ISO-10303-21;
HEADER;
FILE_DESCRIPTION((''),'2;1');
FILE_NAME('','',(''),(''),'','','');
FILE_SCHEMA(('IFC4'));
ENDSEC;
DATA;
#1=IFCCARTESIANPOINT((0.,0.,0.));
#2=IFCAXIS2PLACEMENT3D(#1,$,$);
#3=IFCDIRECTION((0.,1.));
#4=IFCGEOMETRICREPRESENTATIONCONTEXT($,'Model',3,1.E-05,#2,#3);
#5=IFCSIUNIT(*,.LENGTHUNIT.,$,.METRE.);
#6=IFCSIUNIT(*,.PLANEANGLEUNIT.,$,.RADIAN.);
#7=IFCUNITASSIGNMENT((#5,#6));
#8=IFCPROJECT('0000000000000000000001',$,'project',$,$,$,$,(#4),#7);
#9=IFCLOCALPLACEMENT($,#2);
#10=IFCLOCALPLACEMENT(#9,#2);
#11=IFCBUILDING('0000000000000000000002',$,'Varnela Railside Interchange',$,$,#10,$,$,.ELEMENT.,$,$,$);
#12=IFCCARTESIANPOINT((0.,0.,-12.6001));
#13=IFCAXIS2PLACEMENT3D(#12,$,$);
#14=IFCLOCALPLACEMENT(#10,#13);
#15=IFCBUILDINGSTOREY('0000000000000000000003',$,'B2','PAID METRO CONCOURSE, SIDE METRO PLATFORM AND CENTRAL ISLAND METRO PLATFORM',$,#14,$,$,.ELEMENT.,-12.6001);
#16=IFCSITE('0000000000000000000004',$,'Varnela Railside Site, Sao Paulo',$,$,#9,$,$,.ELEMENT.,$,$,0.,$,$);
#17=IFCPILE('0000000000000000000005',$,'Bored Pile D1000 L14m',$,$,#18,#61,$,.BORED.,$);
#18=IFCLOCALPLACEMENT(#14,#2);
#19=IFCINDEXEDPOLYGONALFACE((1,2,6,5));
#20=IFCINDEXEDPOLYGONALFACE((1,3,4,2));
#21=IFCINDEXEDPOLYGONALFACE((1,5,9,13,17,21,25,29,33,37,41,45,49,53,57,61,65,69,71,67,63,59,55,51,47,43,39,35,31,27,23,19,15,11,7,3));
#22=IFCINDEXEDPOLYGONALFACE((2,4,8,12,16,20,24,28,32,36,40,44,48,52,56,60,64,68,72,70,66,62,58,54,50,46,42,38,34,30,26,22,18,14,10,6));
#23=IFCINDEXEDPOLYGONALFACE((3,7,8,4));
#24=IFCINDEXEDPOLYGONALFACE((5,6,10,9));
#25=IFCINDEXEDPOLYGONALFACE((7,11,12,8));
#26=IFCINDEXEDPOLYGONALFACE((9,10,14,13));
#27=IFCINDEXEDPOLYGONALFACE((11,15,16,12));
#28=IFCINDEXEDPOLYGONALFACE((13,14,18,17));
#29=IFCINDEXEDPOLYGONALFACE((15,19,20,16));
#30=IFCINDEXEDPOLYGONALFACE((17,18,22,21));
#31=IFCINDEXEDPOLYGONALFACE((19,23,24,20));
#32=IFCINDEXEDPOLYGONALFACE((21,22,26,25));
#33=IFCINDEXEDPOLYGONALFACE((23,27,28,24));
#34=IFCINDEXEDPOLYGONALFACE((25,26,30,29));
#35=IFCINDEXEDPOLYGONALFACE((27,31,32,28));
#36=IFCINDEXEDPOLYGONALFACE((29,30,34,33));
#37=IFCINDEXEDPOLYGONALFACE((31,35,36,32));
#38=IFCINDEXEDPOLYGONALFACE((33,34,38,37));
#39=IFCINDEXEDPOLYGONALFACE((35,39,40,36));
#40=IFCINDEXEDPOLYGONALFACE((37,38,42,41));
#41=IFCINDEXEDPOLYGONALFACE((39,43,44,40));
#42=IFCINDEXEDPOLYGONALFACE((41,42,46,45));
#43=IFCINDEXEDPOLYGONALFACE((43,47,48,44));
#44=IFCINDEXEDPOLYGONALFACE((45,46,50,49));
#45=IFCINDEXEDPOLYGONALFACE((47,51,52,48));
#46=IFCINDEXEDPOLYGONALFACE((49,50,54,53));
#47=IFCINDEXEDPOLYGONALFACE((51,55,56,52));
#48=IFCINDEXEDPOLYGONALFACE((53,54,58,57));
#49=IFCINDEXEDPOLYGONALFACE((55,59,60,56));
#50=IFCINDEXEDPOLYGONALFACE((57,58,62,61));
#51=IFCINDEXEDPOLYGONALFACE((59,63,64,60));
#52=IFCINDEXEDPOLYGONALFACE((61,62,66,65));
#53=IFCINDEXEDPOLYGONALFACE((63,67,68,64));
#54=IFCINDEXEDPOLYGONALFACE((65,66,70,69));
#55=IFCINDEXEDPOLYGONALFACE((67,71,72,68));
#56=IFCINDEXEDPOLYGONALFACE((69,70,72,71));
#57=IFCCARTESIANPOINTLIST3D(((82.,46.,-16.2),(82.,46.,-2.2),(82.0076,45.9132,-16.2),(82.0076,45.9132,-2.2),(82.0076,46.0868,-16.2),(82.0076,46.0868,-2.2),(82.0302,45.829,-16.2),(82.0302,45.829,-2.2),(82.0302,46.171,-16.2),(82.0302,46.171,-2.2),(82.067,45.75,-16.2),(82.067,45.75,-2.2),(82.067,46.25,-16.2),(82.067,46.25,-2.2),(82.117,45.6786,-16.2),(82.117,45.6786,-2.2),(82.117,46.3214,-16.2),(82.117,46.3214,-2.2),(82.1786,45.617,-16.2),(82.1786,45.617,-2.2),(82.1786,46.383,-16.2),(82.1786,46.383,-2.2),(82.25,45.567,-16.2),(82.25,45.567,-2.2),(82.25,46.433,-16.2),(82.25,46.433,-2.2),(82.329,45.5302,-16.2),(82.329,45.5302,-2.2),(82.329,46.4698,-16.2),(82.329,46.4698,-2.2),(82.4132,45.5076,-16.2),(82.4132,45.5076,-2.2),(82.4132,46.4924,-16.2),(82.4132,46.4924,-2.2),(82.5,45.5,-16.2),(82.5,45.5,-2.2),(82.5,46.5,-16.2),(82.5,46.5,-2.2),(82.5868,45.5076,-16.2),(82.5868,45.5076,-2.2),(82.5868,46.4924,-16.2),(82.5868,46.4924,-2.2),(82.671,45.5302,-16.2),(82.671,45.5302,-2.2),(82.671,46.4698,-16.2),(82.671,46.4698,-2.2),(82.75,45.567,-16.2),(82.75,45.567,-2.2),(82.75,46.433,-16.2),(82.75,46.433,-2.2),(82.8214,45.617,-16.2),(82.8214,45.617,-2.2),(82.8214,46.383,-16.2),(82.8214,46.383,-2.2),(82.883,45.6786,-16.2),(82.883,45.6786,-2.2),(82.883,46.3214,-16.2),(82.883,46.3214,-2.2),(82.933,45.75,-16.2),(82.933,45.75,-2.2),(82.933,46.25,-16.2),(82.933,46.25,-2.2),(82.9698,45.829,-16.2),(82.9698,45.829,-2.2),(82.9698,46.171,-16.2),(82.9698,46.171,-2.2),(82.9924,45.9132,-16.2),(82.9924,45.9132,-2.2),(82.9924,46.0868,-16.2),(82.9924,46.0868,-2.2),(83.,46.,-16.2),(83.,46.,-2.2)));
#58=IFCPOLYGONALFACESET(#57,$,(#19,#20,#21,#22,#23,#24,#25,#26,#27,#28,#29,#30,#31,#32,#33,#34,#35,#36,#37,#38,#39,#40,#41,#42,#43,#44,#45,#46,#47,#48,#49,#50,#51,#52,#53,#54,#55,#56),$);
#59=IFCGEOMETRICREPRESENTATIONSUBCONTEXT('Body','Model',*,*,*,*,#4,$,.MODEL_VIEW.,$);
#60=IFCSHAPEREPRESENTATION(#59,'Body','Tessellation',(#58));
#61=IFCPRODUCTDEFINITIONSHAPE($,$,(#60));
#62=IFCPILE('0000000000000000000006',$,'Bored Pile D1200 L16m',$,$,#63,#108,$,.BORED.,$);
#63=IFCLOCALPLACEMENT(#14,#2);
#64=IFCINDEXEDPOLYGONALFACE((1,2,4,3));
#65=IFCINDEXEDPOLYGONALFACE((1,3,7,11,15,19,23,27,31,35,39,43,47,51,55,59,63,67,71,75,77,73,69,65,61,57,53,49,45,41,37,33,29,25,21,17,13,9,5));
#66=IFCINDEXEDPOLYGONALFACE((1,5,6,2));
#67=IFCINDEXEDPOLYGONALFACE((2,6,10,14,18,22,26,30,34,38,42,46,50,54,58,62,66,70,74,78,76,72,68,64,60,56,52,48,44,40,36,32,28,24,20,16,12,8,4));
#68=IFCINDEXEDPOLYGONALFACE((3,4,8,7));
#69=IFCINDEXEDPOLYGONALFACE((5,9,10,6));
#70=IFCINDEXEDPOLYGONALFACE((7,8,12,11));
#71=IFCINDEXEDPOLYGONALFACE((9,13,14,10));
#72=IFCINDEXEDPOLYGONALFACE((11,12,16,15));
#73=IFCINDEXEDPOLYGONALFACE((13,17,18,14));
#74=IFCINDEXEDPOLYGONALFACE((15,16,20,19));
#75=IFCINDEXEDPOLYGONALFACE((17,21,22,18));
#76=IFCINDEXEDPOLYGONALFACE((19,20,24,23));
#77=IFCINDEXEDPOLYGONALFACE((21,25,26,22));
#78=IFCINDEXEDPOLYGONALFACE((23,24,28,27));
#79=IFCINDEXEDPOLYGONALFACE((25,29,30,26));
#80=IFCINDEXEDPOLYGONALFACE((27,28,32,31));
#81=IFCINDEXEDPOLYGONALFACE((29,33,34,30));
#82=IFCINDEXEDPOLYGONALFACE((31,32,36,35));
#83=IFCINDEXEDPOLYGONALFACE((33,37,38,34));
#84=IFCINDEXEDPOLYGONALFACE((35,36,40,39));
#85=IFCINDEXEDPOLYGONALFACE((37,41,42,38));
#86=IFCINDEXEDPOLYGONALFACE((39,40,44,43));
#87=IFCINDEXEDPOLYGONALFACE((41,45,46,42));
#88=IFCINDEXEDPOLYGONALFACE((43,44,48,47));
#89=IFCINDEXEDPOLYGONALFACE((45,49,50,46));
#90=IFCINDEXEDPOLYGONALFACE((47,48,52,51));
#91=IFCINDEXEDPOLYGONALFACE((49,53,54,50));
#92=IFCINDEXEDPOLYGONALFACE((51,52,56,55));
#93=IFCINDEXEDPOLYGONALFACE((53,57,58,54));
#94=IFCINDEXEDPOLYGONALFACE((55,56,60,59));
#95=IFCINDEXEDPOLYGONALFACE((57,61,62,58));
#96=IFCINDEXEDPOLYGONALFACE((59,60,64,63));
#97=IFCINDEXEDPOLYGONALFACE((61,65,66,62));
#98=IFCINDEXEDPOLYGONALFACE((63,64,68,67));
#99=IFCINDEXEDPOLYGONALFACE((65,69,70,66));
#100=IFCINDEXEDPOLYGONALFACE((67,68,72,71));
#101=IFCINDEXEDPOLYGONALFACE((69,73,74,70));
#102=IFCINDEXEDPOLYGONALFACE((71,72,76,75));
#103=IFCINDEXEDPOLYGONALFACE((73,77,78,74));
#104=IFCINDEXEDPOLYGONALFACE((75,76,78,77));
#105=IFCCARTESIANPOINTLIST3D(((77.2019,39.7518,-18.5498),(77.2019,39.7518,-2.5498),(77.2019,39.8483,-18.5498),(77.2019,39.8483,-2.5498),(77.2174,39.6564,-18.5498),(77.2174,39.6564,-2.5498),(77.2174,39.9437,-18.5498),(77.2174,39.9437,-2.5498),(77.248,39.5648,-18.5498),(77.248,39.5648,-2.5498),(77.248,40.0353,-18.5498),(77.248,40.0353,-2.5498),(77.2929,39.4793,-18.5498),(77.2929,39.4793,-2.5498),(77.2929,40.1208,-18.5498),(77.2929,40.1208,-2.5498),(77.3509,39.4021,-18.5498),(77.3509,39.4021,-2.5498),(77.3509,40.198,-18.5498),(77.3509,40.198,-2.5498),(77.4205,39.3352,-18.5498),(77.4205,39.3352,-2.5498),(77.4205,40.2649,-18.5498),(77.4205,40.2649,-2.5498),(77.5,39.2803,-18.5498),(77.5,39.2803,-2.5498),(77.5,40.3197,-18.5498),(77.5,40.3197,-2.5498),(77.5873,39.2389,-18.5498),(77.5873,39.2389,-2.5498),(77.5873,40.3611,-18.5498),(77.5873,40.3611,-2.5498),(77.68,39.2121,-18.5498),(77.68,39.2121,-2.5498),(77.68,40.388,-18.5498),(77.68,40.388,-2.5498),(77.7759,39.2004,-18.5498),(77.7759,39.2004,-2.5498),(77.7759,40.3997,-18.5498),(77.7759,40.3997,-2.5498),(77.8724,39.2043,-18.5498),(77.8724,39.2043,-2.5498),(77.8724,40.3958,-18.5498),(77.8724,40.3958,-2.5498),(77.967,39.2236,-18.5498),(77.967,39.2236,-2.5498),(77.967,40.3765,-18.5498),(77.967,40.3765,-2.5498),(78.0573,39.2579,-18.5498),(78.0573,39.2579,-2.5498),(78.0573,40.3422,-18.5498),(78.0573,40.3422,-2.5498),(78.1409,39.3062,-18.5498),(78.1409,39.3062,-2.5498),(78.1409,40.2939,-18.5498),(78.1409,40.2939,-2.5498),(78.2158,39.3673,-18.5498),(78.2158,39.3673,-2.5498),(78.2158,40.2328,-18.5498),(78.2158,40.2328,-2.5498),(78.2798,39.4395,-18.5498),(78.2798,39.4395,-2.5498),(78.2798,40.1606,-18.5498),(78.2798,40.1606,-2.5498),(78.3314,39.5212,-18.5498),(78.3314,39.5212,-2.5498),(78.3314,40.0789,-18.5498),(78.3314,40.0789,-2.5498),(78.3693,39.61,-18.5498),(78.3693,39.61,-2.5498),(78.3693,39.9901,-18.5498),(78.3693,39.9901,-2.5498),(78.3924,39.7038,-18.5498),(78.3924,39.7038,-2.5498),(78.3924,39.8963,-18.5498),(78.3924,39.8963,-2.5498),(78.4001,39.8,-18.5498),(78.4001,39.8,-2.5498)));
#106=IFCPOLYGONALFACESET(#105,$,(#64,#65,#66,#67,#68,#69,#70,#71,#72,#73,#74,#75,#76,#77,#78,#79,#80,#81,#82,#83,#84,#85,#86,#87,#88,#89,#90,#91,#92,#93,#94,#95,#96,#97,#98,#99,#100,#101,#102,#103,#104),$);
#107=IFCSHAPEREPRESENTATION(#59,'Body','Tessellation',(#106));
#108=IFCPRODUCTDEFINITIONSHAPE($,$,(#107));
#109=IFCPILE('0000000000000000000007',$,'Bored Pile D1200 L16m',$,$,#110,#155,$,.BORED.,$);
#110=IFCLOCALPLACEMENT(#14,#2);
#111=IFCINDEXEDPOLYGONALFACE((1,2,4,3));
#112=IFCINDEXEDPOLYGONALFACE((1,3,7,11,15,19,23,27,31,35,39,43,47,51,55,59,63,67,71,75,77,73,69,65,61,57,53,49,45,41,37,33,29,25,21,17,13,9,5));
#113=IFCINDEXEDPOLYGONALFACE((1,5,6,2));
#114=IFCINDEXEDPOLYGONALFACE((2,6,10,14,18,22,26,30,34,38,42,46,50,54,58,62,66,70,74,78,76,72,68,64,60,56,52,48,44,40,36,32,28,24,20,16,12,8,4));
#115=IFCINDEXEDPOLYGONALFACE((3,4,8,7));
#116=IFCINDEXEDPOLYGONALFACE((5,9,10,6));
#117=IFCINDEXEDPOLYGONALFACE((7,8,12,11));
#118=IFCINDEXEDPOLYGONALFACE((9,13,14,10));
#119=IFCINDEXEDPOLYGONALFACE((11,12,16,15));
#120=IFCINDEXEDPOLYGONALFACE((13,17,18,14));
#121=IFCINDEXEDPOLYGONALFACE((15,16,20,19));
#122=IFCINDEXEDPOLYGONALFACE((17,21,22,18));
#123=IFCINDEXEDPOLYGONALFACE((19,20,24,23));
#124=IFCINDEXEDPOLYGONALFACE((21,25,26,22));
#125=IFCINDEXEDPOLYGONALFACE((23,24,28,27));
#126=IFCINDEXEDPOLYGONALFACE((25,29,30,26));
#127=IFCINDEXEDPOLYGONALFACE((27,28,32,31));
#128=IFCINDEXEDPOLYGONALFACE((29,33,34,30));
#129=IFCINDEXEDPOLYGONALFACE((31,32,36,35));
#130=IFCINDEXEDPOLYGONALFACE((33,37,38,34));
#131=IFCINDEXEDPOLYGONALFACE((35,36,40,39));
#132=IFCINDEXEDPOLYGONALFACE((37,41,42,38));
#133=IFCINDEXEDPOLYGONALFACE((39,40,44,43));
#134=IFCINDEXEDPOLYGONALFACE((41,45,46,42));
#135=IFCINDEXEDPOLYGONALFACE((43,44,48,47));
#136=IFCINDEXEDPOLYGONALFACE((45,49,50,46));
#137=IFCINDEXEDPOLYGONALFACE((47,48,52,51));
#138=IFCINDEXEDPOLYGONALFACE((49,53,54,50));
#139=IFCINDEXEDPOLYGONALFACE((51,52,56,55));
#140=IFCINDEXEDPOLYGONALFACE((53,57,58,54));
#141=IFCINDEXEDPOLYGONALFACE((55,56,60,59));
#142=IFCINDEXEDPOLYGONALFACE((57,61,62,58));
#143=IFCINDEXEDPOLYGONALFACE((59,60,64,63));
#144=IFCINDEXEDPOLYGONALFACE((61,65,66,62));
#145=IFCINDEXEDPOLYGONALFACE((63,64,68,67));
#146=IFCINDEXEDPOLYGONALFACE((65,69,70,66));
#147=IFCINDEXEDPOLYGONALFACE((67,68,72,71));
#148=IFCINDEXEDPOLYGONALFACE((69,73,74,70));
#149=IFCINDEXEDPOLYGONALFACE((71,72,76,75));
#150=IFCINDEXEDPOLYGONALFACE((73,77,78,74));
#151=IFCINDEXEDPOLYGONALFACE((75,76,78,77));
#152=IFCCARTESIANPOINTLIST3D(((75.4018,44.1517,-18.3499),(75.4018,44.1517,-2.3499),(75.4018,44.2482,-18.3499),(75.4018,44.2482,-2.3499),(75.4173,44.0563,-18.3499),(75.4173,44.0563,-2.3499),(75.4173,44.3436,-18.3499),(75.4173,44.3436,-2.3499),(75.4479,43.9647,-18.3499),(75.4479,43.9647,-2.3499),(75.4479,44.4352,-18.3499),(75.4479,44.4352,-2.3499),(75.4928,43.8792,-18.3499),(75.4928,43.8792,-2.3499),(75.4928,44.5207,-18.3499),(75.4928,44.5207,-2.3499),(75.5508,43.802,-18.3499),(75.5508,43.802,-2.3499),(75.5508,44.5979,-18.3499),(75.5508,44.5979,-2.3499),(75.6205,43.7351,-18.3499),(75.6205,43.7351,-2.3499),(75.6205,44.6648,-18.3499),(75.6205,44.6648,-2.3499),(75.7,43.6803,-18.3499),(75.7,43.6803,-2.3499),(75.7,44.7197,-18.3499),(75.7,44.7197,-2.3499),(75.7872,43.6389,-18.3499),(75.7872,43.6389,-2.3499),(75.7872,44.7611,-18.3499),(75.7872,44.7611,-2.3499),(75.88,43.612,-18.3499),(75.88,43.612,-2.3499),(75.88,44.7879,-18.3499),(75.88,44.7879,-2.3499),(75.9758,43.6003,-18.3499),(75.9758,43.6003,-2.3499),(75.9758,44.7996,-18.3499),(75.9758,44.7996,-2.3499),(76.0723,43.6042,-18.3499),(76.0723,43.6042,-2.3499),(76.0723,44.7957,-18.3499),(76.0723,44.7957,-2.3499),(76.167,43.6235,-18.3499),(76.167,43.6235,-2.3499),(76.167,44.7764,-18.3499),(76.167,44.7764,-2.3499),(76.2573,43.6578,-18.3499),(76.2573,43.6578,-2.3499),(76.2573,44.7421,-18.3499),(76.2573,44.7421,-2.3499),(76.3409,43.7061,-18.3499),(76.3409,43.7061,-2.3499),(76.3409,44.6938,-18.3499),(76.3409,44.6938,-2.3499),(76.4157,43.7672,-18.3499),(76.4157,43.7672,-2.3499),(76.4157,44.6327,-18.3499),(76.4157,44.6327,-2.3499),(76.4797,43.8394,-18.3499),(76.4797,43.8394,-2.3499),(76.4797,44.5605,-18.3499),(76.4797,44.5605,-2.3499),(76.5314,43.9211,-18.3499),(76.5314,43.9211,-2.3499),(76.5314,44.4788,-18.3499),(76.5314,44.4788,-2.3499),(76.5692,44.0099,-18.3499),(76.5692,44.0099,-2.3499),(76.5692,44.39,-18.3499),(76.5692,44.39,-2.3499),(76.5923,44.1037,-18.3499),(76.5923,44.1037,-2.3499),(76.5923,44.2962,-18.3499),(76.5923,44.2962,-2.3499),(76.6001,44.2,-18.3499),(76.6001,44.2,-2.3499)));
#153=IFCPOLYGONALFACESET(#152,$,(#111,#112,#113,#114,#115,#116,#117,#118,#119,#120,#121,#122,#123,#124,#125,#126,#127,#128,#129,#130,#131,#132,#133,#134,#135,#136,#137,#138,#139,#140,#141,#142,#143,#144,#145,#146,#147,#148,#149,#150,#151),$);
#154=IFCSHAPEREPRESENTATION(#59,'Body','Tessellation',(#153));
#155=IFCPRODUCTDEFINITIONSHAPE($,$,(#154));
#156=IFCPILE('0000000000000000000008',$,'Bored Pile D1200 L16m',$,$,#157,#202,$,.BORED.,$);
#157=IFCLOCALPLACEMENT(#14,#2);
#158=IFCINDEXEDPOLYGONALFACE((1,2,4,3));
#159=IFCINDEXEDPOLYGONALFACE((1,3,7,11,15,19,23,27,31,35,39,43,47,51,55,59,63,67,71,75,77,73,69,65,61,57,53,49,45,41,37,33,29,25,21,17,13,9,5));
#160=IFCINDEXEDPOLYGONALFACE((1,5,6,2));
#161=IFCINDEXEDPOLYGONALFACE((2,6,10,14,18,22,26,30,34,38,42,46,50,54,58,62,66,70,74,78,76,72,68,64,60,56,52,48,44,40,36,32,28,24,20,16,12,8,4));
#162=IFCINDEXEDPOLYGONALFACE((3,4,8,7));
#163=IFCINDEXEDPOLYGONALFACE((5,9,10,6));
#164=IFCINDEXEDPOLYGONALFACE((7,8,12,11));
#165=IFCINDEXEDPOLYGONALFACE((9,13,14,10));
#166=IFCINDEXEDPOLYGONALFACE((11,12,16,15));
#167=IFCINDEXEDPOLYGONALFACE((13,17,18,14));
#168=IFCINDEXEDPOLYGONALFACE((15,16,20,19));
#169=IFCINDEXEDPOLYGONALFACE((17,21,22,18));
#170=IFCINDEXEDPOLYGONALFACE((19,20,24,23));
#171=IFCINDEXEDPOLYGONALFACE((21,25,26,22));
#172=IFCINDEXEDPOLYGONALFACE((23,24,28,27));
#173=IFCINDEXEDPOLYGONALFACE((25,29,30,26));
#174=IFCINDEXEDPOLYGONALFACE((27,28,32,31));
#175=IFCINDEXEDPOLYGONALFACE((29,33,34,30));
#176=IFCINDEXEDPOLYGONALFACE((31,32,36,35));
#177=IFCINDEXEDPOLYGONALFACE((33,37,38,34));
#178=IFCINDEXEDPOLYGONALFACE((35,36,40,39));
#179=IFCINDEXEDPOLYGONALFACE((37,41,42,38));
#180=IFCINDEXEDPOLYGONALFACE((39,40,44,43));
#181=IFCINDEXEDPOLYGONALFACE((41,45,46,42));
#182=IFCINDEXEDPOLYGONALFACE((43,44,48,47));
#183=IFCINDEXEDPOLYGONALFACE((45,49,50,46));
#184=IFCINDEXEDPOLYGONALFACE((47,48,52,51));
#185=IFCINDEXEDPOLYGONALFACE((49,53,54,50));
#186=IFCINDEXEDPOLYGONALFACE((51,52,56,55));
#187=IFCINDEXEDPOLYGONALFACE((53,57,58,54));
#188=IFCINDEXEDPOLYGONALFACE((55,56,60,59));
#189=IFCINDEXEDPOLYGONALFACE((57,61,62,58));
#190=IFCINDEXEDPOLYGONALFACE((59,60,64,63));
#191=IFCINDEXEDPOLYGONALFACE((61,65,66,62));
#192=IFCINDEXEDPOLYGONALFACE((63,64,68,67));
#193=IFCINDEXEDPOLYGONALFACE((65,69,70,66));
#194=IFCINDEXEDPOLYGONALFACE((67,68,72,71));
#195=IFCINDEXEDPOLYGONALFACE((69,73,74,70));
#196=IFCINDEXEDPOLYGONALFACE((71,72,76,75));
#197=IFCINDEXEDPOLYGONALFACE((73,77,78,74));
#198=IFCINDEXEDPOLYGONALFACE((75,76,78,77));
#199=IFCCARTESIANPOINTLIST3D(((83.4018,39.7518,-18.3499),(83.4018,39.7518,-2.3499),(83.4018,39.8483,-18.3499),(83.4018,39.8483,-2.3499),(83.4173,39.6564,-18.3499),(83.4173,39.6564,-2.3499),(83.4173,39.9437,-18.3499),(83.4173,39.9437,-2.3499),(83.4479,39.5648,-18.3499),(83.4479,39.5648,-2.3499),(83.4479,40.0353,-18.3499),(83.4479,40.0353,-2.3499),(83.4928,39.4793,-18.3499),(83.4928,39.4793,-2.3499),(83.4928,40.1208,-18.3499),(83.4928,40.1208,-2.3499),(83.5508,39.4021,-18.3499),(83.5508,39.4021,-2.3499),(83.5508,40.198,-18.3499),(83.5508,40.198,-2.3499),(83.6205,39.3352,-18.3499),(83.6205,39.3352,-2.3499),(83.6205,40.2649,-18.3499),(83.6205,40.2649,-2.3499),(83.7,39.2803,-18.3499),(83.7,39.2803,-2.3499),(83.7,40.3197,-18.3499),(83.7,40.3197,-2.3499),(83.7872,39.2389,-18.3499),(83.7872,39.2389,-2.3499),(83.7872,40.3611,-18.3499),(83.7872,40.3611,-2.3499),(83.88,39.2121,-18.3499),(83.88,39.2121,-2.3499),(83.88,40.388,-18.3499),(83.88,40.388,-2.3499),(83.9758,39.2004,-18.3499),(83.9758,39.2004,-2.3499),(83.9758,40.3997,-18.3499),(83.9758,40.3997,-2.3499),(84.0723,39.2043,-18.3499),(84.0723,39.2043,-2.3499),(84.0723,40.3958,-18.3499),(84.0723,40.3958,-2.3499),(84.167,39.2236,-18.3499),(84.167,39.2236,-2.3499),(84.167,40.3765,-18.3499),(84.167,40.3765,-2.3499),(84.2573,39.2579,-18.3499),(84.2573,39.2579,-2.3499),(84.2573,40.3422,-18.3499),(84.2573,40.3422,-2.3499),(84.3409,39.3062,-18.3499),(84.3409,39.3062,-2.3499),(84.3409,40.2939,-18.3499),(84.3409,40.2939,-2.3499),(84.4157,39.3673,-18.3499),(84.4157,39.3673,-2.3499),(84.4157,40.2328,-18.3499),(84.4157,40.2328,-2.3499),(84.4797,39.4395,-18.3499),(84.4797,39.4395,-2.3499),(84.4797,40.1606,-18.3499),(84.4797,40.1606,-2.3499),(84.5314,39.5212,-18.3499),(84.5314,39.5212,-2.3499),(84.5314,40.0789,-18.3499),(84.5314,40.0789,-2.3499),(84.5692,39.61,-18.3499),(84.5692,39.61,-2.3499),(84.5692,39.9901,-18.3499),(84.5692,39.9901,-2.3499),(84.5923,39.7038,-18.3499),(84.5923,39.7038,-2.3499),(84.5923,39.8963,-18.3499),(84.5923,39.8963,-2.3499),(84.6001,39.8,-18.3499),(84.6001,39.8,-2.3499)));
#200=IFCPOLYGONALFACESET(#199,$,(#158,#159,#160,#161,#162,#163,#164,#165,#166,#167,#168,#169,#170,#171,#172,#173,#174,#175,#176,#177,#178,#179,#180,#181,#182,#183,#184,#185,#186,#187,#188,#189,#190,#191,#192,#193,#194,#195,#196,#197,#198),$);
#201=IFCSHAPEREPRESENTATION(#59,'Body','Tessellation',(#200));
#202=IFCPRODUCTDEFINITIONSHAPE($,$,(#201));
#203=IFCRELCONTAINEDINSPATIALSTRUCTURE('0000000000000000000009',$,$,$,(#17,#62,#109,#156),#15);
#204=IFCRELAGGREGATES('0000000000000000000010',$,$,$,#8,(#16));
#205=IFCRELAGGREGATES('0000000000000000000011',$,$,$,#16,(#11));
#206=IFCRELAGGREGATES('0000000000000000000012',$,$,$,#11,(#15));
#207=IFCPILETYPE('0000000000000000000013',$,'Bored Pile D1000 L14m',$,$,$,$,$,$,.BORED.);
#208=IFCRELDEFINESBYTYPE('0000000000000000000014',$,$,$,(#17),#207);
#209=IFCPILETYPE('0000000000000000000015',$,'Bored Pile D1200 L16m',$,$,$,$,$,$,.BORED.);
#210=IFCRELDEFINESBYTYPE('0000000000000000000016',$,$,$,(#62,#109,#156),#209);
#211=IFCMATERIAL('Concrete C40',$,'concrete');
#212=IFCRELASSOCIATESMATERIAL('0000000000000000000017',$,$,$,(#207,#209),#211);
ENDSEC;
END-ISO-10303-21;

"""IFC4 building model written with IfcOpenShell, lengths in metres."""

from ifc_helpers import new_model, si_unit, direction, frame, origin, origin_2d, place, context, subcontext, project, spatial, circle, extrude, material, material_profile, profile_set, type_object, element, save


model = new_model("IFC4")

# Units and contexts
model_context = context("Model", 3, precision=1e-05, world=origin(), true_north=direction((0.0, 1.0)))
body_context = subcontext(model_context, "Body", "Model", "MODEL_VIEW")
ifc_project = project(units=[si_unit("LENGTHUNIT", "METRE"), si_unit("PLANEANGLEUNIT", "RADIAN")], contexts=[model_context])

# Site, building, storey
site_placement = place(None, origin())
site = spatial("IfcSite", under=ifc_project, at=site_placement, Name="Varnela Railside Site, Sao Paulo", CompositionType="ELEMENT", RefElevation=0.0)
building_placement = place(site_placement, origin())
building = spatial("IfcBuilding", under=site, at=building_placement, Name="Varnela Railside Interchange", CompositionType="ELEMENT")
storey_placement = place(building_placement, frame((0.0, 0.0, -12.6001)))
storey = spatial("IfcBuildingStorey", under=building, at=storey_placement, Name="B2", Description="PAID METRO CONCOURSE, SIDE METRO PLATFORM AND CENTRAL ISLAND METRO PLATFORM", CompositionType="ELEMENT", Elevation=-12.6001)

# Piles
ifc_material_1 = material(Name="Concrete C40", Category="concrete")
ifc_material_profile_1 = material_profile(ifc_material_1, circle(Radius=0.5, at=origin_2d()), Name="BORED PILE D1000")
ifc_profile_set_1 = profile_set([ifc_material_profile_1], Name="Concrete C40")
pile_type_1 = type_object("IfcPileType", Name="Bored Pile D1000 L14m", PredefinedType="BORED", material=ifc_profile_set_1)
pile_placement = place(storey_placement, frame((82.5, 46.0, -2.2), z_axis=(0.0, 0.0, -1.0), x_axis=(1.0, 0.0, 0.0)))
element("IfcPile", 1, at=pile_placement, inside=storey, type_object=pile_type_1, Name="Bored Pile D1000 L14m", PredefinedType="BORED", context=body_context, shape_type="SweptSolid", body=[
    extrude(circle(Radius=0.5, at=origin_2d()), origin(), (0.0, 0.0, 1.0), 14.0),
])
ifc_material_profile_2 = material_profile(ifc_material_1, circle(Radius=0.6001, at=origin_2d()), Name="BORED PILE D1200")
ifc_profile_set_2 = profile_set([ifc_material_profile_2], Name="Concrete C40")
pile_type_2 = type_object("IfcPileType", Name="Bored Pile D1200 L16m", PredefinedType="BORED", material=ifc_profile_set_2)
for number, where, z_axis, x_axis, name in (
    (2, (77.8, 39.8, -2.5498), (0.0, 0.0, -1.0), (1.0, 0.0, 0.0), "Bored Pile D1200 L16m"),
    (3, (76.0, 44.2, -2.3499), (0.0, 0.0, -1.0), (1.0, 0.0, 0.0), "Bored Pile D1200 L16m"),
    (4, (84.0, 39.8, -2.3499), (0.0, 0.0, -1.0), (1.0, 0.0, 0.0), "Bored Pile D1200 L16m"),
):
    element("IfcPile", number, at=place(storey_placement, frame(where, z_axis=z_axis, x_axis=x_axis)), inside=storey, type_object=pile_type_2, Name=name, PredefinedType="BORED", context=body_context, shape_type="SweptSolid", body=[
        extrude(circle(Radius=0.6001, at=origin_2d()), origin(), (0.0, 0.0, 1.0), 16.0),
    ])

save(model, "model.ifc")
